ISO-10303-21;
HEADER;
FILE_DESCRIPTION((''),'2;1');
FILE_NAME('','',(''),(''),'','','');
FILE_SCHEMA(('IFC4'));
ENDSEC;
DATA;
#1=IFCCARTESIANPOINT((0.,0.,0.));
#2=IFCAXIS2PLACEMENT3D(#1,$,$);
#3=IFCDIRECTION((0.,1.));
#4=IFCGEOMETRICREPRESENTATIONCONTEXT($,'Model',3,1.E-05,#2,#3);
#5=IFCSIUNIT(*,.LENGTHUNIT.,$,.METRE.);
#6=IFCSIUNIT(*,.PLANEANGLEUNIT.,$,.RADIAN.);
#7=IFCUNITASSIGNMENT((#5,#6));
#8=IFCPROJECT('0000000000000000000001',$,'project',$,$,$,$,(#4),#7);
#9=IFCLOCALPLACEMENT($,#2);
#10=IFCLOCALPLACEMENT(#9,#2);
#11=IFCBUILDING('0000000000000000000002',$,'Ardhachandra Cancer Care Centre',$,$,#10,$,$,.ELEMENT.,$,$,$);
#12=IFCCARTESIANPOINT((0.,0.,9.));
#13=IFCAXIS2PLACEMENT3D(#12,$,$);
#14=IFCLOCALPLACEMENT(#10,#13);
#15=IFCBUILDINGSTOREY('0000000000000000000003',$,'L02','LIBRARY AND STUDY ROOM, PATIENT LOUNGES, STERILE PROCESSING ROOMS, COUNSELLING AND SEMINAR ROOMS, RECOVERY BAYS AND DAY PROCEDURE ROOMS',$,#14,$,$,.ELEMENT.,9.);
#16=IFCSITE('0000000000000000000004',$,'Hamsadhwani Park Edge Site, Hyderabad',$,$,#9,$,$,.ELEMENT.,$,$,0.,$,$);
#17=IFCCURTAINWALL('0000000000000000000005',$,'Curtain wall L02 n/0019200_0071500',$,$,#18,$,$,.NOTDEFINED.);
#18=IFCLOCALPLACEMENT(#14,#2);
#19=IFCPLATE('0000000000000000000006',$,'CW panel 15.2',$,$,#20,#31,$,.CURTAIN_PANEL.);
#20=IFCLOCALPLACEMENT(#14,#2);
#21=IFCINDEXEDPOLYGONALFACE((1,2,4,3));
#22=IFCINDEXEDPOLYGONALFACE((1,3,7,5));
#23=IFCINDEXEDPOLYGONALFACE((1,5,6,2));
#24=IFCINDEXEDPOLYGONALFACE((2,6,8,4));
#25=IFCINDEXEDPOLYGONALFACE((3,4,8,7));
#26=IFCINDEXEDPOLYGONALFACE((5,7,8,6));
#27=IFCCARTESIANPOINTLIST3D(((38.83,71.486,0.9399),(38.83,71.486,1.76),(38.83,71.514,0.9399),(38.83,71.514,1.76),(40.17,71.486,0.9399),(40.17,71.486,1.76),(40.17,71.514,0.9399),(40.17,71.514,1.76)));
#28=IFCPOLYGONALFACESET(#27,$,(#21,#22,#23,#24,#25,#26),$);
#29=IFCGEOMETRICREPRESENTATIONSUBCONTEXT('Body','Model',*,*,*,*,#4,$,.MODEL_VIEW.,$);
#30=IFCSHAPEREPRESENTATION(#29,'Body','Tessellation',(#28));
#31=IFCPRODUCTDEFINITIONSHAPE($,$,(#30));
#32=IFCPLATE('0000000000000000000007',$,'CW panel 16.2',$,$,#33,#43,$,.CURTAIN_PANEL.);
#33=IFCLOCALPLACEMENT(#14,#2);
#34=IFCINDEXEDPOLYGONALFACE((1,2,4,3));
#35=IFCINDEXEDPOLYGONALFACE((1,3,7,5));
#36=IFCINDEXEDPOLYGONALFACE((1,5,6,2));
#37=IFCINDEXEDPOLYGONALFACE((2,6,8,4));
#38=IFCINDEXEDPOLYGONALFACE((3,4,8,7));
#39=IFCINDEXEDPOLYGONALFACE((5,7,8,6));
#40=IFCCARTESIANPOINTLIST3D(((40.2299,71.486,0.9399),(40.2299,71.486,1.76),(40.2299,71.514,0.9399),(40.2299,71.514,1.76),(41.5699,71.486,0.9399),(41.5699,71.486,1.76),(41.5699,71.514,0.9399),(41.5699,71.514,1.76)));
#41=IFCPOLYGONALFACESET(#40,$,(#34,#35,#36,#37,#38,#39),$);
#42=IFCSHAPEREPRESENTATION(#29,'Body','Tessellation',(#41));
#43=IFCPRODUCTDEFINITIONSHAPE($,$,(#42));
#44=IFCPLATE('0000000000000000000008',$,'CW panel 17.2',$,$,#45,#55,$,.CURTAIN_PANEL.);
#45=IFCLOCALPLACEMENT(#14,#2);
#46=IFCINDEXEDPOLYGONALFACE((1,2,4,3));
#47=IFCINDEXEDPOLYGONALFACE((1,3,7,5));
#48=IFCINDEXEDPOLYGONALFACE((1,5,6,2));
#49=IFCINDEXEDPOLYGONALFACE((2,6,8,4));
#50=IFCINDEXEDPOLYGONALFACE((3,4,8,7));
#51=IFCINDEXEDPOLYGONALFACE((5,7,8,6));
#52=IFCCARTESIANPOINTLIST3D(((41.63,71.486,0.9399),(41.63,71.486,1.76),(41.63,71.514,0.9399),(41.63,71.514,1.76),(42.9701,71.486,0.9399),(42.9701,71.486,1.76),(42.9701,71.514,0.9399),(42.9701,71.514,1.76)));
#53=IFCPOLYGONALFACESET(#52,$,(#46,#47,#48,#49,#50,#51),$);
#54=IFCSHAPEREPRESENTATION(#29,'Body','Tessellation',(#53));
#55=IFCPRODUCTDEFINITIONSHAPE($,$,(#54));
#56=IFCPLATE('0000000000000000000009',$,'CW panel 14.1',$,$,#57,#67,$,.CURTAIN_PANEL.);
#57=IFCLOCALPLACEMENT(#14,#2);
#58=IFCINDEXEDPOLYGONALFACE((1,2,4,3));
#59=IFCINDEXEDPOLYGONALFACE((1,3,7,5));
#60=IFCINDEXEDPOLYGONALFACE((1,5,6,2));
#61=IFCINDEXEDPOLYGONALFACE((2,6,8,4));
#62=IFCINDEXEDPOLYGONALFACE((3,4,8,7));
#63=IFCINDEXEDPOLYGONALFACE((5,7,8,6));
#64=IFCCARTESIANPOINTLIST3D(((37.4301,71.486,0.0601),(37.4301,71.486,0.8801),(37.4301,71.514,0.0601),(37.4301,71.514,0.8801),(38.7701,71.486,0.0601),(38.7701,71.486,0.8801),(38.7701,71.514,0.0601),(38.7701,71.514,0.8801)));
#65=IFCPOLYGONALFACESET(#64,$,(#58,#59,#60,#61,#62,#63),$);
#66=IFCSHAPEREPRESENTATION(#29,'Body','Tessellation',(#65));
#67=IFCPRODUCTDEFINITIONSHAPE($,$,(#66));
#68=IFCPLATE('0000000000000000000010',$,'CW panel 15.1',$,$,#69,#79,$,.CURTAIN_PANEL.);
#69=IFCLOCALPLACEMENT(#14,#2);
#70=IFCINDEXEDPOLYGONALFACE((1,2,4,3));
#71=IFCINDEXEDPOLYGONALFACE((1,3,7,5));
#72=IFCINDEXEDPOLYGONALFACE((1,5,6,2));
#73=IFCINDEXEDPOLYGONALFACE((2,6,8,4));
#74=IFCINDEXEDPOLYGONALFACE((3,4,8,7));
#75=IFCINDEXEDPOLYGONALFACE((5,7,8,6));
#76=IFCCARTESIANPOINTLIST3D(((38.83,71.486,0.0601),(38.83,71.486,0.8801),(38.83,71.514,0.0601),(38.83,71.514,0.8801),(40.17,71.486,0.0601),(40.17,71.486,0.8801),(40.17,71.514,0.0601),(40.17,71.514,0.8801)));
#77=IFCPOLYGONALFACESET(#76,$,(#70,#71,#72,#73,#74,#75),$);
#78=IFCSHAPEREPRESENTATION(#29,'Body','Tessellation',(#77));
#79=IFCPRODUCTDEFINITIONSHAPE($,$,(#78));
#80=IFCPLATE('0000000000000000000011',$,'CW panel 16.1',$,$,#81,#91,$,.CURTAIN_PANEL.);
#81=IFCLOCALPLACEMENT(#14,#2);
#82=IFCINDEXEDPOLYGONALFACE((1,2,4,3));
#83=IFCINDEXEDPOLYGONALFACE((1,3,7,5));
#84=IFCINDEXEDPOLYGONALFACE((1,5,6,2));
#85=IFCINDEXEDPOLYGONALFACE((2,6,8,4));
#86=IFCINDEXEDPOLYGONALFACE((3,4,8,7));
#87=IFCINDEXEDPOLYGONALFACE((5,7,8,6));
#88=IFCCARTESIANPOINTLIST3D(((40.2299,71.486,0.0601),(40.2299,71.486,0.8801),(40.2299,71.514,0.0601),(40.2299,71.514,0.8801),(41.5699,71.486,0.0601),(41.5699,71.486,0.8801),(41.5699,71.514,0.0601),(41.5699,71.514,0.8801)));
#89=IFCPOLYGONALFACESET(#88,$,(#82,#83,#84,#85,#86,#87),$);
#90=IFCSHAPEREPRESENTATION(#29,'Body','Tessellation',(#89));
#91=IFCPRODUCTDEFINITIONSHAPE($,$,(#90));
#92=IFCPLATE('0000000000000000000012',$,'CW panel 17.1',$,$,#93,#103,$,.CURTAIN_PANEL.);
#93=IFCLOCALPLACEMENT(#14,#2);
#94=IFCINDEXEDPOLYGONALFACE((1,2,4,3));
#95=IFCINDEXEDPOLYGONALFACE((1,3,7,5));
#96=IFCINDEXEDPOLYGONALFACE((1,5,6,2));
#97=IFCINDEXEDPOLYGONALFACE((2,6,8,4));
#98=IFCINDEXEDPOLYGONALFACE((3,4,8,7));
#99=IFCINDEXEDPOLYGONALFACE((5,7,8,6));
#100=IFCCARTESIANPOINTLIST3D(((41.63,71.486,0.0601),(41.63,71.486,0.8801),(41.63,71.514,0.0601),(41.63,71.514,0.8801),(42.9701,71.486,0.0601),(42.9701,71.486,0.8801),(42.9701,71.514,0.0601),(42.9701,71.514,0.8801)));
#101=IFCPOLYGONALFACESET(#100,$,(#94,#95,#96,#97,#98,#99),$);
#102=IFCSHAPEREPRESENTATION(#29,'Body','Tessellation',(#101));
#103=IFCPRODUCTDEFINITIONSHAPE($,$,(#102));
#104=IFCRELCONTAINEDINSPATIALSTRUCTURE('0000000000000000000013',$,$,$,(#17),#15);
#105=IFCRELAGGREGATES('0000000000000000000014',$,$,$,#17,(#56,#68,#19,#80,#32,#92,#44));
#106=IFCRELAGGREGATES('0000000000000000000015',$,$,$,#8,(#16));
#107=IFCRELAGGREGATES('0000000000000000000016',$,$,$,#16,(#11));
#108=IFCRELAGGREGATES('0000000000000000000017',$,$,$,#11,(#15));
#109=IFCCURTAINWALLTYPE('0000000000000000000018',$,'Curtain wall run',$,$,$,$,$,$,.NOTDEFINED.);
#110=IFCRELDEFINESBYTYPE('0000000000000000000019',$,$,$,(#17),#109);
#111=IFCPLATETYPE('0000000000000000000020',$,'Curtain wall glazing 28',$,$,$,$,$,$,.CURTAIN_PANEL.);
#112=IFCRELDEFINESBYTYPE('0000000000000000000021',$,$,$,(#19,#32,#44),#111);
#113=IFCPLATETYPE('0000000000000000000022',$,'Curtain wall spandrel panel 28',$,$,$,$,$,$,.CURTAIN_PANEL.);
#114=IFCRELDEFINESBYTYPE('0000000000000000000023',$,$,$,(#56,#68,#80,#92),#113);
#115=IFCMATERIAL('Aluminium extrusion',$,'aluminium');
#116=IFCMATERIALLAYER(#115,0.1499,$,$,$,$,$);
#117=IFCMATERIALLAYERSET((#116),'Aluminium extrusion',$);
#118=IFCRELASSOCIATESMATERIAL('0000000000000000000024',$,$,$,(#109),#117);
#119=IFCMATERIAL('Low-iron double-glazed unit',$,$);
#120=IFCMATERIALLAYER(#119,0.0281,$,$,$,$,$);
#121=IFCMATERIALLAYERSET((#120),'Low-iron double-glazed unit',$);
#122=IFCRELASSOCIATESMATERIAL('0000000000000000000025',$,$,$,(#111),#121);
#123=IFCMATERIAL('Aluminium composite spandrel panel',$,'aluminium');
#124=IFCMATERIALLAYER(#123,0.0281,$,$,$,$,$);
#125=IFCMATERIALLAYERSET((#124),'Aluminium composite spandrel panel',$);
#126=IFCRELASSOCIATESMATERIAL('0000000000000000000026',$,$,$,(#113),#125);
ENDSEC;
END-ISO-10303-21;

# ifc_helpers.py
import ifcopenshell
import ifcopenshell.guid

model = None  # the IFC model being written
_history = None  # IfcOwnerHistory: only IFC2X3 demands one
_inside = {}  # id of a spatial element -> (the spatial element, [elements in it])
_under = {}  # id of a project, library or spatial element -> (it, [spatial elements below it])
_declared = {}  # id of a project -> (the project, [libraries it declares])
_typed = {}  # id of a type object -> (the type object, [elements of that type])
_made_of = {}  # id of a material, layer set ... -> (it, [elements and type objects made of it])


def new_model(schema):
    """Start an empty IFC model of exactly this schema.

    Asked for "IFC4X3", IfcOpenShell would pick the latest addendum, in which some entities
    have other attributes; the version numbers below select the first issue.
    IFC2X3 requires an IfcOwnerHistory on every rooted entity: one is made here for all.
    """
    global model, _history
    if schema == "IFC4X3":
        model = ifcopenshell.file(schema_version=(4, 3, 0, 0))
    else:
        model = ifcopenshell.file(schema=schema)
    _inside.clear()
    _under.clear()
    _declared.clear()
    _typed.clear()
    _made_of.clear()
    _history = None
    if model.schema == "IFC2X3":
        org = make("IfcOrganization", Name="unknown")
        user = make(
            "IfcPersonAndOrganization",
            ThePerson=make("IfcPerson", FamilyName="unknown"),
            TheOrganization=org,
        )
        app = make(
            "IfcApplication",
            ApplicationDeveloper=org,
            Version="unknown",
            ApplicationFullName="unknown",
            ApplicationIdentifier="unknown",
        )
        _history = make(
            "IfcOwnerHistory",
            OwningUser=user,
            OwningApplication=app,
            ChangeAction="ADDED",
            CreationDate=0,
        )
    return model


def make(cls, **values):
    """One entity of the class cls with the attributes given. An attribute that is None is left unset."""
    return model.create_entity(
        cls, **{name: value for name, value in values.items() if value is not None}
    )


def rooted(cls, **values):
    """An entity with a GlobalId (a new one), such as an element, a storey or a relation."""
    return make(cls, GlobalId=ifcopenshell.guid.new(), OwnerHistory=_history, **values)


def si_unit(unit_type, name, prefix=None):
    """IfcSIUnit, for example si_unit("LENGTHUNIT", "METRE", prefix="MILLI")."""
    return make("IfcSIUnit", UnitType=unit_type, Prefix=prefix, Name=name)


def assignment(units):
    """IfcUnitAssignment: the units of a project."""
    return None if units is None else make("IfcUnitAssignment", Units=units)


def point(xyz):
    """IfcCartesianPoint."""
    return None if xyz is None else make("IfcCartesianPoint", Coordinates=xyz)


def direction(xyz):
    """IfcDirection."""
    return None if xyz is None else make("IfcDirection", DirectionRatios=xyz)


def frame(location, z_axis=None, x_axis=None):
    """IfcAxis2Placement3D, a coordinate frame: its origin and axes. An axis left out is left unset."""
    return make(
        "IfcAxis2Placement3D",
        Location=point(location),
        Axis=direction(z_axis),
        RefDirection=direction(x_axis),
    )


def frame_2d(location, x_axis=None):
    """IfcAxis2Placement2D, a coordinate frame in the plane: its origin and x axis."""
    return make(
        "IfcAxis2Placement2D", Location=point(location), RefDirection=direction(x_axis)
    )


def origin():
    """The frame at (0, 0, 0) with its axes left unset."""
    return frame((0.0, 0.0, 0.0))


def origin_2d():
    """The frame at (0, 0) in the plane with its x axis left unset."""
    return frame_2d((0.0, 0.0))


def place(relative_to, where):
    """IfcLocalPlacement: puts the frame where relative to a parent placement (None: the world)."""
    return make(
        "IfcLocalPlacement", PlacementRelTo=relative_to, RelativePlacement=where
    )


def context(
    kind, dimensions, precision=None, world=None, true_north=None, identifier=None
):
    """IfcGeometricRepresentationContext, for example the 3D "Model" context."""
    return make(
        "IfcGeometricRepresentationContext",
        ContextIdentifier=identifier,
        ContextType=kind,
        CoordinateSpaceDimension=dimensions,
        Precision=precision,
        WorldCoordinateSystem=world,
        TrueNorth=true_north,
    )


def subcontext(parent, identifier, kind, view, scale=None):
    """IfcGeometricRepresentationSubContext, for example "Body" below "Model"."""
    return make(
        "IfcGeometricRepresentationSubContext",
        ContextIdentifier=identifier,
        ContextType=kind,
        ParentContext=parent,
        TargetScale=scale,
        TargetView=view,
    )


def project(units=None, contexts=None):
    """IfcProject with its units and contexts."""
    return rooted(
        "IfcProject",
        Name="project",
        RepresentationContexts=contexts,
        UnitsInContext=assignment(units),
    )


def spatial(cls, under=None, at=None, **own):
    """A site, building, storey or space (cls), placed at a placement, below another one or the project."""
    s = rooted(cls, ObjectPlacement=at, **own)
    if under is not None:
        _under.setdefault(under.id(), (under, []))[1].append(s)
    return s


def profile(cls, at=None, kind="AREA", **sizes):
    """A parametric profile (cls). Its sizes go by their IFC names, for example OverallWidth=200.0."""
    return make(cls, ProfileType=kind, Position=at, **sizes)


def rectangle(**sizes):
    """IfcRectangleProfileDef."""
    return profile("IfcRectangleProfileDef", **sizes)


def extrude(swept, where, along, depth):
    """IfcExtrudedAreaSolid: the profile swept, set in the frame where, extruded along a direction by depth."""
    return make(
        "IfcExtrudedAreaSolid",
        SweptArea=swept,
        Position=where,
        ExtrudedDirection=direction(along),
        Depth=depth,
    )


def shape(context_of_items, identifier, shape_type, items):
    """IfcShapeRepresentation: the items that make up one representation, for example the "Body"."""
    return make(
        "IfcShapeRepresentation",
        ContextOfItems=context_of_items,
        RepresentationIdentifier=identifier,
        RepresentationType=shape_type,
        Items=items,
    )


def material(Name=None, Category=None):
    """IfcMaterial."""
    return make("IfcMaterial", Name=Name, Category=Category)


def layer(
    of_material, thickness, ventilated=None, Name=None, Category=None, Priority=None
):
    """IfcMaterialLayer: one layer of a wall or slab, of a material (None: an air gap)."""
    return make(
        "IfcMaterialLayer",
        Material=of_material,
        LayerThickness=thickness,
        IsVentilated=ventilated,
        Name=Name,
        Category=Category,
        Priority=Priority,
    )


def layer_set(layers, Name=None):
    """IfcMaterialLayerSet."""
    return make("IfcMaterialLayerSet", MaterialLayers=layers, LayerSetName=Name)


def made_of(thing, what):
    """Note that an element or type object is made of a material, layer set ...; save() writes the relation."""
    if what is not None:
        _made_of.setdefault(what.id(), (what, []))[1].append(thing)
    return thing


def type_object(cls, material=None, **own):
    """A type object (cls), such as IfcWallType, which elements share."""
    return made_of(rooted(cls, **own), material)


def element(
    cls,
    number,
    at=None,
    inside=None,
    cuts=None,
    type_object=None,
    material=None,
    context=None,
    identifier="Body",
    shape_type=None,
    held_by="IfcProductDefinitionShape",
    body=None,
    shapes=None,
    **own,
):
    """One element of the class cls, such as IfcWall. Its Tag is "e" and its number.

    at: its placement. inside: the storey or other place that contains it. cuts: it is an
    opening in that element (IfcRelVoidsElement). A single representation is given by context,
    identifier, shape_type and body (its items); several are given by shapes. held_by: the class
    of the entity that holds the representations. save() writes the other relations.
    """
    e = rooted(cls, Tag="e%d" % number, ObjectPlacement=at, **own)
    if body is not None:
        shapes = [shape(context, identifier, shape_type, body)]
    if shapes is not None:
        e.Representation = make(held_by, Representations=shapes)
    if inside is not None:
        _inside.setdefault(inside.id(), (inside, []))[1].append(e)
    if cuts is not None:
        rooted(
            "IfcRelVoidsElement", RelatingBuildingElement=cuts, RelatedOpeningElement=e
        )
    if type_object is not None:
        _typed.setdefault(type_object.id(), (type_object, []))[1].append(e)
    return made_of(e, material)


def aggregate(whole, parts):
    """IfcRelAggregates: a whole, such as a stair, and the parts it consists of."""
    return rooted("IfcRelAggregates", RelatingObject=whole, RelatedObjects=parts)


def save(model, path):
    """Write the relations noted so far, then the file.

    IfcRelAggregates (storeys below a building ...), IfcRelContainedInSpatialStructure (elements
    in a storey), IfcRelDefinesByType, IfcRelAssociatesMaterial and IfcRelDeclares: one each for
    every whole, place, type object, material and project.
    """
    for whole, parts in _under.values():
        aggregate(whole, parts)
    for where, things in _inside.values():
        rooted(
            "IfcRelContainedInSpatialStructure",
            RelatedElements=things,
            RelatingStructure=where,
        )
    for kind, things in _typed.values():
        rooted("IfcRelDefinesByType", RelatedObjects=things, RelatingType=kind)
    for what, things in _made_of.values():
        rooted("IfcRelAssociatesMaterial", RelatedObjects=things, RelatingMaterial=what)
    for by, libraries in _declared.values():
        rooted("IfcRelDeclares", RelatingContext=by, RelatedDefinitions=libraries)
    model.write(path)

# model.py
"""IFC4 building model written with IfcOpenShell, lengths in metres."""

from ifc_helpers import new_model, si_unit, direction, frame, origin, origin_2d, place, context, subcontext, project, spatial, rectangle, extrude, material, layer, layer_set, type_object, element, aggregate, save


model = new_model("IFC4")

# Units and contexts
model_context = context("Model", 3, precision=1e-05, world=origin(), true_north=direction((0.0, 1.0)))
body_context = subcontext(model_context, "Body", "Model", "MODEL_VIEW")
ifc_project = project(units=[si_unit("LENGTHUNIT", "METRE"), si_unit("PLANEANGLEUNIT", "RADIAN")], contexts=[model_context])

# Site, building, storey
site_placement = place(None, origin())
site = spatial("IfcSite", under=ifc_project, at=site_placement, Name="Hamsadhwani Park Edge Site, Hyderabad", CompositionType="ELEMENT", RefElevation=0.0)
building_placement = place(site_placement, origin())
building = spatial("IfcBuilding", under=site, at=building_placement, Name="Ardhachandra Cancer Care Centre", CompositionType="ELEMENT")
storey_placement = place(building_placement, frame((0.0, 0.0, 9.0)))
storey = spatial("IfcBuildingStorey", under=building, at=storey_placement, Name="L02", Description="LIBRARY AND STUDY ROOM, PATIENT LOUNGES, STERILE PROCESSING ROOMS, COUNSELLING AND SEMINAR ROOMS, RECOVERY BAYS AND DAY PROCEDURE ROOMS", CompositionType="ELEMENT", Elevation=9.0)

# Curtain wall, plates
ifc_material_1 = material(Name="Aluminium extrusion", Category="aluminium")
ifc_layer_1 = layer(ifc_material_1, 0.1499)
ifc_layer_set_1 = layer_set([ifc_layer_1], Name="Aluminium extrusion")
curtain_wall_type = type_object("IfcCurtainWallType", Name="Curtain wall run", PredefinedType="NOTDEFINED", material=ifc_layer_set_1)
curtain_wall_placement = place(storey_placement, origin())
curtain_wall = element("IfcCurtainWall", 1, at=curtain_wall_placement, inside=storey, type_object=curtain_wall_type, Name="Curtain wall L02 n/0019200_0071500", PredefinedType="NOTDEFINED")
ifc_material_2 = material(Name="Low-iron double-glazed unit")
ifc_layer_2 = layer(ifc_material_2, 0.0281)
ifc_layer_set_2 = layer_set([ifc_layer_2], Name="Low-iron double-glazed unit")
plate_type_1 = type_object("IfcPlateType", Name="Curtain wall glazing 28", PredefinedType="CURTAIN_PANEL", material=ifc_layer_set_2)
plate_1_placement = place(storey_placement, frame((39.5, 71.5, 0.9399), z_axis=(0.0, 0.0, 1.0), x_axis=(1.0, 0.0, 0.0)))
plate_1 = element("IfcPlate", 2, at=plate_1_placement, type_object=plate_type_1, Name="CW panel 15.2", PredefinedType="CURTAIN_PANEL", context=body_context, shape_type="SweptSolid", body=[
    extrude(rectangle(XDim=1.3401, YDim=0.0281, at=origin_2d()), origin(), (0.0, 0.0, 1.0), 0.8201),
])
plate_2_placement = place(storey_placement, frame((40.8999, 71.5, 0.9399), z_axis=(0.0, 0.0, 1.0), x_axis=(1.0, 0.0, 0.0)))
plate_2 = element("IfcPlate", 3, at=plate_2_placement, type_object=plate_type_1, Name="CW panel 16.2", PredefinedType="CURTAIN_PANEL", context=body_context, shape_type="SweptSolid", body=[
    extrude(rectangle(XDim=1.3401, YDim=0.0281, at=origin_2d()), origin(), (0.0, 0.0, 1.0), 0.8201),
])
plate_3_placement = place(storey_placement, frame((42.3, 71.5, 0.9399), z_axis=(0.0, 0.0, 1.0), x_axis=(1.0, 0.0, 0.0)))
plate_3 = element("IfcPlate", 4, at=plate_3_placement, type_object=plate_type_1, Name="CW panel 17.2", PredefinedType="CURTAIN_PANEL", context=body_context, shape_type="SweptSolid", body=[
    extrude(rectangle(XDim=1.3401, YDim=0.0281, at=origin_2d()), origin(), (0.0, 0.0, 1.0), 0.8201),
])
ifc_material_3 = material(Name="Aluminium composite spandrel panel", Category="aluminium")
ifc_layer_3 = layer(ifc_material_3, 0.0281)
ifc_layer_set_3 = layer_set([ifc_layer_3], Name="Aluminium composite spandrel panel")
plate_type_2 = type_object("IfcPlateType", Name="Curtain wall spandrel panel 28", PredefinedType="CURTAIN_PANEL", material=ifc_layer_set_3)
plate_4_placement = place(storey_placement, frame((38.1001, 71.5, 0.0601), z_axis=(0.0, 0.0, 1.0), x_axis=(1.0, 0.0, 0.0)))
plate_4 = element("IfcPlate", 5, at=plate_4_placement, type_object=plate_type_2, Name="CW panel 14.1", PredefinedType="CURTAIN_PANEL", context=body_context, shape_type="SweptSolid", body=[
    extrude(rectangle(XDim=1.3401, YDim=0.0281, at=origin_2d()), origin(), (0.0, 0.0, 1.0), 0.8201),
])
plate_5_placement = place(storey_placement, frame((39.5, 71.5, 0.0601), z_axis=(0.0, 0.0, 1.0), x_axis=(1.0, 0.0, 0.0)))
plate_5 = element("IfcPlate", 6, at=plate_5_placement, type_object=plate_type_2, Name="CW panel 15.1", PredefinedType="CURTAIN_PANEL", context=body_context, shape_type="SweptSolid", body=[
    extrude(rectangle(XDim=1.3401, YDim=0.0281, at=origin_2d()), origin(), (0.0, 0.0, 1.0), 0.8201),
])
plate_6_placement = place(storey_placement, frame((40.8999, 71.5, 0.0601), z_axis=(0.0, 0.0, 1.0), x_axis=(1.0, 0.0, 0.0)))
plate_6 = element("IfcPlate", 7, at=plate_6_placement, type_object=plate_type_2, Name="CW panel 16.1", PredefinedType="CURTAIN_PANEL", context=body_context, shape_type="SweptSolid", body=[
    extrude(rectangle(XDim=1.3401, YDim=0.0281, at=origin_2d()), origin(), (0.0, 0.0, 1.0), 0.8201),
])
plate_7_placement = place(storey_placement, frame((42.3, 71.5, 0.0601), z_axis=(0.0, 0.0, 1.0), x_axis=(1.0, 0.0, 0.0)))
plate_7 = element("IfcPlate", 8, at=plate_7_placement, type_object=plate_type_2, Name="CW panel 17.1", PredefinedType="CURTAIN_PANEL", context=body_context, shape_type="SweptSolid", body=[
    extrude(rectangle(XDim=1.3401, YDim=0.0281, at=origin_2d()), origin(), (0.0, 0.0, 1.0), 0.8201),
])
aggregate(curtain_wall, [plate_4, plate_5, plate_1, plate_6, plate_2, plate_7, plate_3])

save(model, "model.ifc")
